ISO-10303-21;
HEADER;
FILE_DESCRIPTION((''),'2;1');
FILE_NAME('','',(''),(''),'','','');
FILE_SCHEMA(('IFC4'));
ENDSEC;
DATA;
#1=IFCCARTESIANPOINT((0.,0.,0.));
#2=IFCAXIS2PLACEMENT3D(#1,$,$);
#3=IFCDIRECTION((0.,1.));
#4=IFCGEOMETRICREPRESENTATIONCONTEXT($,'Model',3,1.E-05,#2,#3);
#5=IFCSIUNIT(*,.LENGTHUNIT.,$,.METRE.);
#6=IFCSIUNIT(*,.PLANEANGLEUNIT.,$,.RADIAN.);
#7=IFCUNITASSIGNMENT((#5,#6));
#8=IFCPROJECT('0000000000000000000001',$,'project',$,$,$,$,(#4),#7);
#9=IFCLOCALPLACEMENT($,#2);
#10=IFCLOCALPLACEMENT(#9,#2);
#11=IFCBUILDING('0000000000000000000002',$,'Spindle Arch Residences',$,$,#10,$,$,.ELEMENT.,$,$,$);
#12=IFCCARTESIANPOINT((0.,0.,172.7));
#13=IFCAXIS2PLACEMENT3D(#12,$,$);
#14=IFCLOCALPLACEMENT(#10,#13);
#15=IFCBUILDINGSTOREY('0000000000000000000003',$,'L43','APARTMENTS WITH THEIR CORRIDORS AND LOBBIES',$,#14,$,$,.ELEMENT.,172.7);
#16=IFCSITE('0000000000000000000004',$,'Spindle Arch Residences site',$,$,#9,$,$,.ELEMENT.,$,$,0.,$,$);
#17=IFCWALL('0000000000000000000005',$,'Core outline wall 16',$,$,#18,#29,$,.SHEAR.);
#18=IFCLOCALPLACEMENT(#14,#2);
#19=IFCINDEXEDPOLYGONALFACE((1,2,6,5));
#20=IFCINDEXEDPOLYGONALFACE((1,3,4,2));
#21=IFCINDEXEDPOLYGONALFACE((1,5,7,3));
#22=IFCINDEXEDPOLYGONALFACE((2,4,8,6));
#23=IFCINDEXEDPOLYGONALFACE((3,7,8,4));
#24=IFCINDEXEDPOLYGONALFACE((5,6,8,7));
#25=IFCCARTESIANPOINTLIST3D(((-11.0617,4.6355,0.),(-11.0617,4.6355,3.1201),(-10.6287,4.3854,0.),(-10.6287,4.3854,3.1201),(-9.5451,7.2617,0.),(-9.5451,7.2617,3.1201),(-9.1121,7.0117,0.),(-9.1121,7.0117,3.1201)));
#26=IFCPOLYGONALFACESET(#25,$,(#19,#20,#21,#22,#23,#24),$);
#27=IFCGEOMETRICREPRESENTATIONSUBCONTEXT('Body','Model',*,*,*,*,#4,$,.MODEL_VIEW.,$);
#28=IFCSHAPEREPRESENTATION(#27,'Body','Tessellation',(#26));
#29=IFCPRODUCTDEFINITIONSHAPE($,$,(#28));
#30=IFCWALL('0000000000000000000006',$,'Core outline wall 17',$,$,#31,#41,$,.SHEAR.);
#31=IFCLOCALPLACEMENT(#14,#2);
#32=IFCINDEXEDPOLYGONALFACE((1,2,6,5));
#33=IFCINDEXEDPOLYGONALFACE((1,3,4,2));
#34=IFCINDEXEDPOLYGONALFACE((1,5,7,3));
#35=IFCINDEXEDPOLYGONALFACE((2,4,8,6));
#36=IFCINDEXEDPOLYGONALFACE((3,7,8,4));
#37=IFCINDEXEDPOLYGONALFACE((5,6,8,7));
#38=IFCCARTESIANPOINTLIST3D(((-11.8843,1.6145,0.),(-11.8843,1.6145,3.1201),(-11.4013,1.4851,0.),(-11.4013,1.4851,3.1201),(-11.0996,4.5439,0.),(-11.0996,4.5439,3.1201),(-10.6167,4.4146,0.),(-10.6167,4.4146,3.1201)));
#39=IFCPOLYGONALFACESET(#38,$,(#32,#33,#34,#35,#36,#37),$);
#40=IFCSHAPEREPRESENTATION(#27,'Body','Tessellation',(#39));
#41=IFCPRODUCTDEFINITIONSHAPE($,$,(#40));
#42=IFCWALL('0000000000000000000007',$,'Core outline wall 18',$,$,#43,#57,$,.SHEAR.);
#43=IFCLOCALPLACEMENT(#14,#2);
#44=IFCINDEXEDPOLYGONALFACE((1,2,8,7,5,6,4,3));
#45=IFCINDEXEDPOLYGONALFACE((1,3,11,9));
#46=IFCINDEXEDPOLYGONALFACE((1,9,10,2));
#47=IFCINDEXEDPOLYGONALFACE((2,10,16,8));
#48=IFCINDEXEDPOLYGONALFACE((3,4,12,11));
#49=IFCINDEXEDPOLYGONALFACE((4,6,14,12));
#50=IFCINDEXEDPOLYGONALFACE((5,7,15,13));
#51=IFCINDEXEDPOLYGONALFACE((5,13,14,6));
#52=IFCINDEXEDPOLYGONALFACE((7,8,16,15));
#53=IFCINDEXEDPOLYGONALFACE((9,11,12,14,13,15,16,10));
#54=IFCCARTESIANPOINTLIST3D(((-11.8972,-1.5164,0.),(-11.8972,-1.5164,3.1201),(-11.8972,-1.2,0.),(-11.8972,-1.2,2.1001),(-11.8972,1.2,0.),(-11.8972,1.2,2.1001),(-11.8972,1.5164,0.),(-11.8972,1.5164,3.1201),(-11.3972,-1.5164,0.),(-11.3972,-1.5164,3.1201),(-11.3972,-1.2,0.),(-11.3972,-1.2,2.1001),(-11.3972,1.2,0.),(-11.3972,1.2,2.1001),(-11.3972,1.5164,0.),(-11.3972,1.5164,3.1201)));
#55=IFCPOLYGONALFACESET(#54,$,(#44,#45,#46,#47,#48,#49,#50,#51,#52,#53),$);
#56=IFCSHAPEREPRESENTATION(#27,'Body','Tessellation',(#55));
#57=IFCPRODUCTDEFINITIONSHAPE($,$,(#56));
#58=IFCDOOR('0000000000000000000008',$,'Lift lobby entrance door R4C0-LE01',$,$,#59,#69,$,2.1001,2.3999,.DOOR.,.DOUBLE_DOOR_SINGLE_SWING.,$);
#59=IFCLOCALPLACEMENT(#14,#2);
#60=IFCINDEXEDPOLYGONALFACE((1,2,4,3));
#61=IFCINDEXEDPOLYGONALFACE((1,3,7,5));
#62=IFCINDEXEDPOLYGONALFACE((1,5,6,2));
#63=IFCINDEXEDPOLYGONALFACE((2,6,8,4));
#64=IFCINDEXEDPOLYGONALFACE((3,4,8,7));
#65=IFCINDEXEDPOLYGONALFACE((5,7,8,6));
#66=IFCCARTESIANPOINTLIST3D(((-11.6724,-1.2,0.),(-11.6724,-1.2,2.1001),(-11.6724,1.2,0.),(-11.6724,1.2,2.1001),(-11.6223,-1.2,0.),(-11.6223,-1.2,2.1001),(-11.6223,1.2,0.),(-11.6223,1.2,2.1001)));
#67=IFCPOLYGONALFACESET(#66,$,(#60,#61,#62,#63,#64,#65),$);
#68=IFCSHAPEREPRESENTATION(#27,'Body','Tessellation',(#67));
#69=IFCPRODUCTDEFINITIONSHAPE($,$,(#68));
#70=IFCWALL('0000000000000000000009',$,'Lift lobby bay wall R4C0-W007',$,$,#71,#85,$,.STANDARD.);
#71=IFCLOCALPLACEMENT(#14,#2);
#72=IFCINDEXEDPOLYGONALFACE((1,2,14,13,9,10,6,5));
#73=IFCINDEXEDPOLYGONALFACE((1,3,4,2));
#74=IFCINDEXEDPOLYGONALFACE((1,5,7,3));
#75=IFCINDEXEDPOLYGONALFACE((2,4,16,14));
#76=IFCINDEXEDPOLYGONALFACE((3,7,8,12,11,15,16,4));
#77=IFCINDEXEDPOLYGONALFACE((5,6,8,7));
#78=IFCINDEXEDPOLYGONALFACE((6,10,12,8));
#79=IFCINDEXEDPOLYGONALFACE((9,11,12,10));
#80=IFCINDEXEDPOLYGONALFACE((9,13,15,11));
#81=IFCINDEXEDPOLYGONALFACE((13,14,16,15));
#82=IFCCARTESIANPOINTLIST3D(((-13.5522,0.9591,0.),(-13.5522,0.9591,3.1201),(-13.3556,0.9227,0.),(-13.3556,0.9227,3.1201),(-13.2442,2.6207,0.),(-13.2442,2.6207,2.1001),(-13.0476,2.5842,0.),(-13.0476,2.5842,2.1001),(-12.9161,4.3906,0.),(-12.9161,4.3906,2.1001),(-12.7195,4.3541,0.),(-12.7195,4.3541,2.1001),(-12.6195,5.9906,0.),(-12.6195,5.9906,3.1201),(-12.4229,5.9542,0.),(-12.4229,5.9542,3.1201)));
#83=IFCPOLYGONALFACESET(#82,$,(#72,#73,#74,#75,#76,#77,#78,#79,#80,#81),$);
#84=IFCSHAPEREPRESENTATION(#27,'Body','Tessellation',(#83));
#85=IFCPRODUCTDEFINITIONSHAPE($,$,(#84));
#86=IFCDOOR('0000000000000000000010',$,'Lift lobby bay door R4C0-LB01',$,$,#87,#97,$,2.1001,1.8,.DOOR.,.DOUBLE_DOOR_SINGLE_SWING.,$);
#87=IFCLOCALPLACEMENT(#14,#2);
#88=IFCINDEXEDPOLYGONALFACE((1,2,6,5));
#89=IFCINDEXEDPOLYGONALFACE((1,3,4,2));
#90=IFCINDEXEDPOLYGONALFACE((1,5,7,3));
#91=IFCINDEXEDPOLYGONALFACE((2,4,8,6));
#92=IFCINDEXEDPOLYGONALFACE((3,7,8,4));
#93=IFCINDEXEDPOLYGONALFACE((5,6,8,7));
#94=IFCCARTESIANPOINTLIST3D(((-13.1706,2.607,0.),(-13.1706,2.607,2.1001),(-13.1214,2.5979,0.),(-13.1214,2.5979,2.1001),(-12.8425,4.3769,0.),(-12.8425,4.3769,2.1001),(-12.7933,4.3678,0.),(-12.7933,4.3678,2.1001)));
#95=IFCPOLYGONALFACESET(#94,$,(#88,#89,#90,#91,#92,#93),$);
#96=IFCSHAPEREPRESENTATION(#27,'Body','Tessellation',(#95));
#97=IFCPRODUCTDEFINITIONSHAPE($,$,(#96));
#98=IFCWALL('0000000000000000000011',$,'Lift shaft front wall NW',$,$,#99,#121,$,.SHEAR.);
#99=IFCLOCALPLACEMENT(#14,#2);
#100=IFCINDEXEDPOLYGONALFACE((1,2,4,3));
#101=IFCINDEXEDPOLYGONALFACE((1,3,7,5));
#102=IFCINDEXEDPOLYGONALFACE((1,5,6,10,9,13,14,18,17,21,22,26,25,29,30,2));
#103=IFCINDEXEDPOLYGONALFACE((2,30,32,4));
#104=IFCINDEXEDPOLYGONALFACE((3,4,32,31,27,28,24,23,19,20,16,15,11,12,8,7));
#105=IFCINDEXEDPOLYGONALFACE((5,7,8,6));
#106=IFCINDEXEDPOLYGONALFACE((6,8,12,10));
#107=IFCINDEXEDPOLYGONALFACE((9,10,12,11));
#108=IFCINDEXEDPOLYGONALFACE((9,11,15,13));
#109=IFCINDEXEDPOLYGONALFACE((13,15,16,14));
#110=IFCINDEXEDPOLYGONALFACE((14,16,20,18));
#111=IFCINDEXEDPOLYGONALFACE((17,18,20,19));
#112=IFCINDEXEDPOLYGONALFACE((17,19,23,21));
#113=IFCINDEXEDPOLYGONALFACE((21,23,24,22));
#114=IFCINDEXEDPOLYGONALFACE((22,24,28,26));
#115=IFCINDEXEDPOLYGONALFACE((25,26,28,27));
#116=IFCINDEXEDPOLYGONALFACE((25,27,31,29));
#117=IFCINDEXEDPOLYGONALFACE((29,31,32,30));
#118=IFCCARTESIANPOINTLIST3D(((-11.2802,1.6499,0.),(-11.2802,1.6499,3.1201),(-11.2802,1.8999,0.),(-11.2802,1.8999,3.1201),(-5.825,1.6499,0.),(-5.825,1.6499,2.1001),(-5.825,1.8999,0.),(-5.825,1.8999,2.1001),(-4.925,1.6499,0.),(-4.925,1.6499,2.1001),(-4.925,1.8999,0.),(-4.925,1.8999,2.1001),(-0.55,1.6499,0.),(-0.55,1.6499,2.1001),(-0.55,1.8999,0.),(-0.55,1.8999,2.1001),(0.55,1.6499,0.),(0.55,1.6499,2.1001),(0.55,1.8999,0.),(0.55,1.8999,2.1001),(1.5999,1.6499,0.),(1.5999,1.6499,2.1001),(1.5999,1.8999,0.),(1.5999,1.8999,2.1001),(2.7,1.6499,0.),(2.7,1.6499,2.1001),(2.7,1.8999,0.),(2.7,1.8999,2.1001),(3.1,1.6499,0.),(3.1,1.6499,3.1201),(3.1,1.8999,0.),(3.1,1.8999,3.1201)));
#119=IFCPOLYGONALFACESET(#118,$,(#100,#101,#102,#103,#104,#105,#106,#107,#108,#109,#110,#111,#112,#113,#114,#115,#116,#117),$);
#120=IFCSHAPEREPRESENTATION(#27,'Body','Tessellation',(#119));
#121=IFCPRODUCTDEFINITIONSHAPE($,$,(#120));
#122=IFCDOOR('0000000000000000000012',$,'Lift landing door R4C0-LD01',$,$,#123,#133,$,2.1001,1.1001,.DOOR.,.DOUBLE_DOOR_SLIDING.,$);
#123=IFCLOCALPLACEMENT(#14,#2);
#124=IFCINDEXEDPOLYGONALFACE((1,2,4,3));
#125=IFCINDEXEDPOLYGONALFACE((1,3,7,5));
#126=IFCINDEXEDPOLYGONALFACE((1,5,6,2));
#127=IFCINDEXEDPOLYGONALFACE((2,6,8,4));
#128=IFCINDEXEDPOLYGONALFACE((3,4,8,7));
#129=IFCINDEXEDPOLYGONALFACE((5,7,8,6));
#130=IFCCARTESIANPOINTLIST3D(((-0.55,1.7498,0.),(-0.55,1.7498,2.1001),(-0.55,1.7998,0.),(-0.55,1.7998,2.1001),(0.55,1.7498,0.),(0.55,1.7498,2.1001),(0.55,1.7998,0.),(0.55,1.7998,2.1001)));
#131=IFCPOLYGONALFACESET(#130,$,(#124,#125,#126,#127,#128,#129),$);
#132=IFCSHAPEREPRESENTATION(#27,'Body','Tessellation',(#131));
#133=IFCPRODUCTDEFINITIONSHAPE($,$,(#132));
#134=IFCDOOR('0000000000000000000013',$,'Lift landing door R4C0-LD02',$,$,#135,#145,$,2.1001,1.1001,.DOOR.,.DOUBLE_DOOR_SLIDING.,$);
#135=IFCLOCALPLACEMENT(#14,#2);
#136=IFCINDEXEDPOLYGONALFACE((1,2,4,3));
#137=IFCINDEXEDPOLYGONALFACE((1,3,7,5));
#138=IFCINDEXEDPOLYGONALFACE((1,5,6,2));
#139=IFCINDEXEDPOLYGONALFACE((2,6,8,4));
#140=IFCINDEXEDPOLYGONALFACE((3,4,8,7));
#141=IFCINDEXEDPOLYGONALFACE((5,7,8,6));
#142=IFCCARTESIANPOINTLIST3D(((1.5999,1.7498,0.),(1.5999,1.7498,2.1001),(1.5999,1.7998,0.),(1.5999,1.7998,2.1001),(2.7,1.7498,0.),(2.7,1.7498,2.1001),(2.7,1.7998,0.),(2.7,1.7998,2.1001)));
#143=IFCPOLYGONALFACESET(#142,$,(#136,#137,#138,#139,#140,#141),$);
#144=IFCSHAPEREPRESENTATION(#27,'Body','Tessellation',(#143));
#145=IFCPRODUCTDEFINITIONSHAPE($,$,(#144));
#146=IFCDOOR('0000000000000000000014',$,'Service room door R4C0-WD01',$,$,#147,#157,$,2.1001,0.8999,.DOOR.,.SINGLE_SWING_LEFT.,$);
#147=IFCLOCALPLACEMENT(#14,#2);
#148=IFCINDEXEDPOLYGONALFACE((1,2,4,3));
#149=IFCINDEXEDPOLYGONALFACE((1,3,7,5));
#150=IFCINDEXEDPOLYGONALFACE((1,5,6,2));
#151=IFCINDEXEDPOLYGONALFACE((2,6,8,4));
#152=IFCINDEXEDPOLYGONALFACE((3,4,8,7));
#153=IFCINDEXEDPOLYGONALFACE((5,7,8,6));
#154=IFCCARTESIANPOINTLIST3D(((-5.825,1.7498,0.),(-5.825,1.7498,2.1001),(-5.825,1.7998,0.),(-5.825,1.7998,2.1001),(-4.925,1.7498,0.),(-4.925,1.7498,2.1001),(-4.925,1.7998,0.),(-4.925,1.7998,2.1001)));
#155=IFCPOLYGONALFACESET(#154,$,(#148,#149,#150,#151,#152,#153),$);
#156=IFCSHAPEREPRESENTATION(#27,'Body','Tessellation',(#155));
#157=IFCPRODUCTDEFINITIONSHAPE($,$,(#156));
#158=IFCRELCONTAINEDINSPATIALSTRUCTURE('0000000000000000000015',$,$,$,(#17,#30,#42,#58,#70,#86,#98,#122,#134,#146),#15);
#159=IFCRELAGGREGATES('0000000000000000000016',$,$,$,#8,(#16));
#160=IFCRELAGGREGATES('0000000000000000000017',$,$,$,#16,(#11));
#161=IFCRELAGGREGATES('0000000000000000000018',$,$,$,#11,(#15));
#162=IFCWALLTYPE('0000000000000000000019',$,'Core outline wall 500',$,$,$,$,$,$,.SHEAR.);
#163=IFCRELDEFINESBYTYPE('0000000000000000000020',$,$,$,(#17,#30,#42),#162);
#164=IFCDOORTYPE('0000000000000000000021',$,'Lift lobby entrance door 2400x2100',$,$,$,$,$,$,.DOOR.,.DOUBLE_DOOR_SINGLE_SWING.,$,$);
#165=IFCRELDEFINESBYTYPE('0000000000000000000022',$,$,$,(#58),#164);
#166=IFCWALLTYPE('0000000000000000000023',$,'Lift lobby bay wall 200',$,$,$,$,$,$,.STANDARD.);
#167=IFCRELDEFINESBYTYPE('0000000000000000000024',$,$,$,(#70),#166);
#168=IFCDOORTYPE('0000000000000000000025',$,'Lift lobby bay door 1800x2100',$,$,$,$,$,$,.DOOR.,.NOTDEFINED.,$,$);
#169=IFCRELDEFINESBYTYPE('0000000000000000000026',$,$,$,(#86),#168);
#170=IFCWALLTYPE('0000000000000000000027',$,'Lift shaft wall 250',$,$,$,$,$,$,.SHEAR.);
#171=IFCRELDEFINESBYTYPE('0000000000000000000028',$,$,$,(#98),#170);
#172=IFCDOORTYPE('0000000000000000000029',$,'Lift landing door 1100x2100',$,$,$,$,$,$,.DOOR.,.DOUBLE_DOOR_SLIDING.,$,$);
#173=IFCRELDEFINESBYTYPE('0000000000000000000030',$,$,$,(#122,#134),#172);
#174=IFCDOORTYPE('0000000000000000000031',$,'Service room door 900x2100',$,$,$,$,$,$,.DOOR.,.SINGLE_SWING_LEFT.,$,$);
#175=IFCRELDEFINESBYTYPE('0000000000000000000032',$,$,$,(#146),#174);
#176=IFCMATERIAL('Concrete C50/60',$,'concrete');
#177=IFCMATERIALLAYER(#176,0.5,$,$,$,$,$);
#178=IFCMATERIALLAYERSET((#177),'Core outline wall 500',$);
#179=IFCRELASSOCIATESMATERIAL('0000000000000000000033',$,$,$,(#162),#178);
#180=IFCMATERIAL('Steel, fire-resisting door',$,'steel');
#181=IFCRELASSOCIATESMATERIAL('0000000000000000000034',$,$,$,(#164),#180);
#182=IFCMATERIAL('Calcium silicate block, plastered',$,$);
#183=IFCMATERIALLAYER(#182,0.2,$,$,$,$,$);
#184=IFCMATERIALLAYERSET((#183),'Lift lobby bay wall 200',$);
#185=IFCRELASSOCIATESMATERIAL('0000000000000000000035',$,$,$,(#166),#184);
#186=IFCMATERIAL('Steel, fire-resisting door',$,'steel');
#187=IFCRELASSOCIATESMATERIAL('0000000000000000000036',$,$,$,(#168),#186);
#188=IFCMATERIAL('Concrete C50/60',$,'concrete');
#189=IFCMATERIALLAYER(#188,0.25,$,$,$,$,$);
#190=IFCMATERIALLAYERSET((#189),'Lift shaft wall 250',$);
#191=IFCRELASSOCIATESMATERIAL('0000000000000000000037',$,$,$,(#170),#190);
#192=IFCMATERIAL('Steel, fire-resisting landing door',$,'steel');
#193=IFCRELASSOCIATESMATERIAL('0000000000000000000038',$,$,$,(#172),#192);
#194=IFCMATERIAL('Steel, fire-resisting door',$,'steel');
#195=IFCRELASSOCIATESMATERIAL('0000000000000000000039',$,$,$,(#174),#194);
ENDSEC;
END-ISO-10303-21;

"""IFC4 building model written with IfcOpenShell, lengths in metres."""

from ifc_helpers import new_model, si_unit, direction, frame, frame_2d, origin, place, context, subcontext, project, spatial, rectangle, extrude, material, layer, layer_set, type_object, element, fill, save


model = new_model("IFC4")

# Units and contexts
model_context = context("Model", 3, precision=1e-05, world=origin(), true_north=direction((0.0, 1.0)))
body_context = subcontext(model_context, "Body", "Model", "MODEL_VIEW")
ifc_project = project(units=[si_unit("LENGTHUNIT", "METRE"), si_unit("PLANEANGLEUNIT", "RADIAN")], contexts=[model_context])

# Site, building, storey
site_placement = place(None, origin())
site = spatial("IfcSite", under=ifc_project, at=site_placement, Name="Spindle Arch Residences site", CompositionType="ELEMENT", RefElevation=0.0)
building_placement = place(site_placement, origin())
building = spatial("IfcBuilding", under=site, at=building_placement, Name="Spindle Arch Residences", CompositionType="ELEMENT")
storey_placement = place(building_placement, frame((0.0, 0.0, 172.7)))
storey = spatial("IfcBuildingStorey", under=building, at=storey_placement, Name="L43", Description="APARTMENTS WITH THEIR CORRIDORS AND LOBBIES", CompositionType="ELEMENT", Elevation=172.7)

# Walls
ifc_material_1 = material(Name="Concrete C50/60", Category="concrete")
ifc_layer_1 = layer(ifc_material_1, 0.5)
ifc_layer_set_1 = layer_set([ifc_layer_1], Name="Core outline wall 500")
wall_type_1 = type_object("IfcWallType", Name="Core outline wall 500", PredefinedType="SHEAR", material=ifc_layer_set_1)
for number, where, z_axis, x_axis, name in (
    (1, (-9.3286, 7.1367, 0.0), (0.0, 0.0, 1.0), (-0.500087, -0.865975, 0.0), "Core outline wall 16"),
    (2, (-10.8582, 4.4792, 0.0), (0.0, 0.0, 1.0), (-0.258735, -0.965948, 0.0), "Core outline wall 17"),
):
    element("IfcWall", number, at=place(storey_placement, frame(where, z_axis=z_axis, x_axis=x_axis)), inside=storey, type_object=wall_type_1, Name=name, PredefinedType="SHEAR", context=body_context, shape_type="SweptSolid", body=[
        extrude(rectangle(XDim=3.0327, YDim=0.5, at=frame_2d((1.5164, 0.0))), origin(), (0.0, 0.0, 1.0), 3.1201),
    ])

# Walls, openings, doors
wall_1_placement = place(storey_placement, frame((-11.6472, 1.5164, 0.0), z_axis=(0.0, 0.0, 1.0), x_axis=(0.0, -1.0, 0.0)))
wall_1 = element("IfcWall", 3, at=wall_1_placement, inside=storey, type_object=wall_type_1, Name="Core outline wall 18", PredefinedType="SHEAR", context=body_context, shape_type="SweptSolid", body=[
    extrude(rectangle(XDim=3.0327, YDim=0.5, at=frame_2d((1.5164, 0.0))), origin(), (0.0, 0.0, 1.0), 3.1201),
])
opening_1_placement = place(wall_1_placement, frame((0.3164, 0.0, 0.0)))
opening_1 = element("IfcOpeningElement", 4, at=opening_1_placement, cuts=wall_1, PredefinedType="OPENING", context=body_context, shape_type="SweptSolid", body=[
    extrude(rectangle(XDim=2.3999, YDim=2.1001, at=frame_2d((1.2, 1.05))), frame((0.0, 0.26, 0.0), z_axis=(0.0, -1.0, 0.0), x_axis=(1.0, 0.0, 0.0)), (0.0, 0.0, 1.0), 0.52),
])
ifc_material_2 = material(Name="Steel, fire-resisting door", Category="steel")
door_type_1 = type_object("IfcDoorType", Name="Lift lobby entrance door 2400x2100", OperationType="DOUBLE_DOOR_SINGLE_SWING", PredefinedType="DOOR", material=ifc_material_2)
door_1_placement = place(opening_1_placement, origin())
door_1 = element("IfcDoor", 5, at=door_1_placement, inside=storey, type_object=door_type_1, Name="Lift lobby entrance door R4C0-LE01", OperationType="DOUBLE_DOOR_SINGLE_SWING", OverallHeight=2.1001, OverallWidth=2.3999, PredefinedType="DOOR", context=body_context, shape_type="SweptSolid", body=[
    extrude(rectangle(XDim=2.3999, YDim=2.1001, at=frame_2d((1.2, 1.05))), frame((0.0, 0.0249, 0.0), z_axis=(0.0, -1.0, 0.0), x_axis=(1.0, 0.0, 0.0)), (0.0, 0.0, 1.0), 0.05),
])
fill(opening_1, door_1)
ifc_material_3 = material(Name="Calcium silicate block, plastered")
ifc_layer_2 = layer(ifc_material_3, 0.2)
ifc_layer_set_2 = layer_set([ifc_layer_2], Name="Lift lobby bay wall 200")
wall_type_2 = type_object("IfcWallType", Name="Lift lobby bay wall 200", PredefinedType="STANDARD", material=ifc_layer_set_2)
wall_2_placement = place(storey_placement, frame((-12.5212, 5.9724, 0.0), z_axis=(0.0, 0.0, 1.0), x_axis=(-0.182252, -0.983252, 0.0)))
wall_2 = element("IfcWall", 6, at=wall_2_placement, inside=storey, type_object=wall_type_2, Name="Lift lobby bay wall R4C0-W007", PredefinedType="STANDARD", context=body_context, shape_type="SweptSolid", body=[
    extrude(rectangle(XDim=5.1172, YDim=0.2, at=frame_2d((2.5586, 0.0))), origin(), (0.0, 0.0, 1.0), 3.1201),
])
opening_2_placement = place(wall_2_placement, frame((1.6274, 0.0, 0.0)))
opening_2 = element("IfcOpeningElement", 7, at=opening_2_placement, cuts=wall_2, PredefinedType="OPENING", context=body_context, shape_type="SweptSolid", body=[
    extrude(rectangle(XDim=1.8, YDim=2.1001, at=frame_2d((0.8999, 1.05))), frame((0.0, 0.1099, 0.0), z_axis=(0.0, -1.0, 0.0), x_axis=(1.0, 0.0, 0.0)), (0.0, 0.0, 1.0), 0.22),
])
ifc_material_4 = material(Name="Steel, fire-resisting door", Category="steel")
door_type_2 = type_object("IfcDoorType", Name="Lift lobby bay door 1800x2100", OperationType="NOTDEFINED", PredefinedType="DOOR", material=ifc_material_4)
door_2_placement = place(opening_2_placement, origin())
door_2 = element("IfcDoor", 8, at=door_2_placement, inside=storey, type_object=door_type_2, Name="Lift lobby bay door R4C0-LB01", OperationType="DOUBLE_DOOR_SINGLE_SWING", OverallHeight=2.1001, OverallWidth=1.8, PredefinedType="DOOR", context=body_context, shape_type="SweptSolid", body=[
    extrude(rectangle(XDim=1.8, YDim=2.1001, at=frame_2d((0.8999, 1.05))), frame((0.0, 0.0249, 0.0), z_axis=(0.0, -1.0, 0.0), x_axis=(1.0, 0.0, 0.0)), (0.0, 0.0, 1.0), 0.05),
])
fill(opening_2, door_2)

# Wall, openings, doors
ifc_material_5 = material(Name="Concrete C50/60", Category="concrete")
ifc_layer_3 = layer(ifc_material_5, 0.25)
ifc_layer_set_3 = layer_set([ifc_layer_3], Name="Lift shaft wall 250")
wall_type_3 = type_object("IfcWallType", Name="Lift shaft wall 250", PredefinedType="SHEAR", material=ifc_layer_set_3)
wall_3_placement = place(storey_placement, frame((-11.28, 1.7749, 0.0), z_axis=(0.0, 0.0, 1.0), x_axis=(1.0, 0.0, 0.0)))
wall_3 = element("IfcWall", 9, at=wall_3_placement, inside=storey, type_object=wall_type_3, Name="Lift shaft front wall NW", PredefinedType="SHEAR", context=body_context, shape_type="SweptSolid", body=[
    extrude(rectangle(XDim=14.3801, YDim=0.25, at=frame_2d((7.1899, 0.0))), origin(), (0.0, 0.0, 1.0), 3.1201),
])
opening_3_placement = place(wall_3_placement, frame((10.73, 0.0, 0.0)))
opening_3 = element("IfcOpeningElement", 10, at=opening_3_placement, cuts=wall_3, PredefinedType="OPENING", context=body_context, shape_type="SweptSolid", body=[
    extrude(rectangle(XDim=1.1001, YDim=2.1001, at=frame_2d((0.55, 1.05))), frame((0.0, 0.135, 0.0), z_axis=(0.0, -1.0, 0.0), x_axis=(1.0, 0.0, 0.0)), (0.0, 0.0, 1.0), 0.27),
])
opening_4_placement = place(wall_3_placement, frame((12.8799, 0.0, 0.0)))
opening_4 = element("IfcOpeningElement", 11, at=opening_4_placement, cuts=wall_3, PredefinedType="OPENING", context=body_context, shape_type="SweptSolid", body=[
    extrude(rectangle(XDim=1.1001, YDim=2.1001, at=frame_2d((0.55, 1.05))), frame((0.0, 0.135, 0.0), z_axis=(0.0, -1.0, 0.0), x_axis=(1.0, 0.0, 0.0)), (0.0, 0.0, 1.0), 0.27),
])
opening_5_placement = place(wall_3_placement, frame((5.4551, 0.0, 0.0)))
opening_5 = element("IfcOpeningElement", 12, at=opening_5_placement, cuts=wall_3, PredefinedType="OPENING", context=body_context, shape_type="SweptSolid", body=[
    extrude(rectangle(XDim=0.8999, YDim=2.1001, at=frame_2d((0.45, 1.05))), frame((0.0, 0.135, 0.0), z_axis=(0.0, -1.0, 0.0), x_axis=(1.0, 0.0, 0.0)), (0.0, 0.0, 1.0), 0.27),
])
ifc_material_6 = material(Name="Steel, fire-resisting landing door", Category="steel")
door_type_3 = type_object("IfcDoorType", Name="Lift landing door 1100x2100", OperationType="DOUBLE_DOOR_SLIDING", PredefinedType="DOOR", material=ifc_material_6)
door_3_placement = place(opening_3_placement, origin())
door_3 = element("IfcDoor", 13, at=door_3_placement, inside=storey, type_object=door_type_3, Name="Lift landing door R4C0-LD01", OperationType="DOUBLE_DOOR_SLIDING", OverallHeight=2.1001, OverallWidth=1.1001, PredefinedType="DOOR", context=body_context, shape_type="SweptSolid", body=[
    extrude(rectangle(XDim=1.1001, YDim=2.1001, at=frame_2d((0.55, 1.05))), frame((0.0, 0.0249, 0.0), z_axis=(0.0, -1.0, 0.0), x_axis=(1.0, 0.0, 0.0)), (0.0, 0.0, 1.0), 0.05),
])
fill(opening_3, door_3)
door_4_placement = place(opening_4_placement, origin())
door_4 = element("IfcDoor", 14, at=door_4_placement, inside=storey, type_object=door_type_3, Name="Lift landing door R4C0-LD02", OperationType="DOUBLE_DOOR_SLIDING", OverallHeight=2.1001, OverallWidth=1.1001, PredefinedType="DOOR", context=body_context, shape_type="SweptSolid", body=[
    extrude(rectangle(XDim=1.1001, YDim=2.1001, at=frame_2d((0.55, 1.05))), frame((0.0, 0.0249, 0.0), z_axis=(0.0, -1.0, 0.0), x_axis=(1.0, 0.0, 0.0)), (0.0, 0.0, 1.0), 0.05),
])
fill(opening_4, door_4)
ifc_material_7 = material(Name="Steel, fire-resisting door", Category="steel")
door_type_4 = type_object("IfcDoorType", Name="Service room door 900x2100", OperationType="SINGLE_SWING_LEFT", PredefinedType="DOOR", material=ifc_material_7)
door_5_placement = place(opening_5_placement, origin())
door_5 = element("IfcDoor", 15, at=door_5_placement, inside=storey, type_object=door_type_4, Name="Service room door R4C0-WD01", OperationType="SINGLE_SWING_LEFT", OverallHeight=2.1001, OverallWidth=0.8999, PredefinedType="DOOR", context=body_context, shape_type="SweptSolid", body=[
    extrude(rectangle(XDim=0.8999, YDim=2.1001, at=frame_2d((0.45, 1.05))), frame((0.0, 0.0249, 0.0), z_axis=(0.0, -1.0, 0.0), x_axis=(1.0, 0.0, 0.0)), (0.0, 0.0, 1.0), 0.05),
])
fill(opening_5, door_5)

save(model, "model.ifc")
